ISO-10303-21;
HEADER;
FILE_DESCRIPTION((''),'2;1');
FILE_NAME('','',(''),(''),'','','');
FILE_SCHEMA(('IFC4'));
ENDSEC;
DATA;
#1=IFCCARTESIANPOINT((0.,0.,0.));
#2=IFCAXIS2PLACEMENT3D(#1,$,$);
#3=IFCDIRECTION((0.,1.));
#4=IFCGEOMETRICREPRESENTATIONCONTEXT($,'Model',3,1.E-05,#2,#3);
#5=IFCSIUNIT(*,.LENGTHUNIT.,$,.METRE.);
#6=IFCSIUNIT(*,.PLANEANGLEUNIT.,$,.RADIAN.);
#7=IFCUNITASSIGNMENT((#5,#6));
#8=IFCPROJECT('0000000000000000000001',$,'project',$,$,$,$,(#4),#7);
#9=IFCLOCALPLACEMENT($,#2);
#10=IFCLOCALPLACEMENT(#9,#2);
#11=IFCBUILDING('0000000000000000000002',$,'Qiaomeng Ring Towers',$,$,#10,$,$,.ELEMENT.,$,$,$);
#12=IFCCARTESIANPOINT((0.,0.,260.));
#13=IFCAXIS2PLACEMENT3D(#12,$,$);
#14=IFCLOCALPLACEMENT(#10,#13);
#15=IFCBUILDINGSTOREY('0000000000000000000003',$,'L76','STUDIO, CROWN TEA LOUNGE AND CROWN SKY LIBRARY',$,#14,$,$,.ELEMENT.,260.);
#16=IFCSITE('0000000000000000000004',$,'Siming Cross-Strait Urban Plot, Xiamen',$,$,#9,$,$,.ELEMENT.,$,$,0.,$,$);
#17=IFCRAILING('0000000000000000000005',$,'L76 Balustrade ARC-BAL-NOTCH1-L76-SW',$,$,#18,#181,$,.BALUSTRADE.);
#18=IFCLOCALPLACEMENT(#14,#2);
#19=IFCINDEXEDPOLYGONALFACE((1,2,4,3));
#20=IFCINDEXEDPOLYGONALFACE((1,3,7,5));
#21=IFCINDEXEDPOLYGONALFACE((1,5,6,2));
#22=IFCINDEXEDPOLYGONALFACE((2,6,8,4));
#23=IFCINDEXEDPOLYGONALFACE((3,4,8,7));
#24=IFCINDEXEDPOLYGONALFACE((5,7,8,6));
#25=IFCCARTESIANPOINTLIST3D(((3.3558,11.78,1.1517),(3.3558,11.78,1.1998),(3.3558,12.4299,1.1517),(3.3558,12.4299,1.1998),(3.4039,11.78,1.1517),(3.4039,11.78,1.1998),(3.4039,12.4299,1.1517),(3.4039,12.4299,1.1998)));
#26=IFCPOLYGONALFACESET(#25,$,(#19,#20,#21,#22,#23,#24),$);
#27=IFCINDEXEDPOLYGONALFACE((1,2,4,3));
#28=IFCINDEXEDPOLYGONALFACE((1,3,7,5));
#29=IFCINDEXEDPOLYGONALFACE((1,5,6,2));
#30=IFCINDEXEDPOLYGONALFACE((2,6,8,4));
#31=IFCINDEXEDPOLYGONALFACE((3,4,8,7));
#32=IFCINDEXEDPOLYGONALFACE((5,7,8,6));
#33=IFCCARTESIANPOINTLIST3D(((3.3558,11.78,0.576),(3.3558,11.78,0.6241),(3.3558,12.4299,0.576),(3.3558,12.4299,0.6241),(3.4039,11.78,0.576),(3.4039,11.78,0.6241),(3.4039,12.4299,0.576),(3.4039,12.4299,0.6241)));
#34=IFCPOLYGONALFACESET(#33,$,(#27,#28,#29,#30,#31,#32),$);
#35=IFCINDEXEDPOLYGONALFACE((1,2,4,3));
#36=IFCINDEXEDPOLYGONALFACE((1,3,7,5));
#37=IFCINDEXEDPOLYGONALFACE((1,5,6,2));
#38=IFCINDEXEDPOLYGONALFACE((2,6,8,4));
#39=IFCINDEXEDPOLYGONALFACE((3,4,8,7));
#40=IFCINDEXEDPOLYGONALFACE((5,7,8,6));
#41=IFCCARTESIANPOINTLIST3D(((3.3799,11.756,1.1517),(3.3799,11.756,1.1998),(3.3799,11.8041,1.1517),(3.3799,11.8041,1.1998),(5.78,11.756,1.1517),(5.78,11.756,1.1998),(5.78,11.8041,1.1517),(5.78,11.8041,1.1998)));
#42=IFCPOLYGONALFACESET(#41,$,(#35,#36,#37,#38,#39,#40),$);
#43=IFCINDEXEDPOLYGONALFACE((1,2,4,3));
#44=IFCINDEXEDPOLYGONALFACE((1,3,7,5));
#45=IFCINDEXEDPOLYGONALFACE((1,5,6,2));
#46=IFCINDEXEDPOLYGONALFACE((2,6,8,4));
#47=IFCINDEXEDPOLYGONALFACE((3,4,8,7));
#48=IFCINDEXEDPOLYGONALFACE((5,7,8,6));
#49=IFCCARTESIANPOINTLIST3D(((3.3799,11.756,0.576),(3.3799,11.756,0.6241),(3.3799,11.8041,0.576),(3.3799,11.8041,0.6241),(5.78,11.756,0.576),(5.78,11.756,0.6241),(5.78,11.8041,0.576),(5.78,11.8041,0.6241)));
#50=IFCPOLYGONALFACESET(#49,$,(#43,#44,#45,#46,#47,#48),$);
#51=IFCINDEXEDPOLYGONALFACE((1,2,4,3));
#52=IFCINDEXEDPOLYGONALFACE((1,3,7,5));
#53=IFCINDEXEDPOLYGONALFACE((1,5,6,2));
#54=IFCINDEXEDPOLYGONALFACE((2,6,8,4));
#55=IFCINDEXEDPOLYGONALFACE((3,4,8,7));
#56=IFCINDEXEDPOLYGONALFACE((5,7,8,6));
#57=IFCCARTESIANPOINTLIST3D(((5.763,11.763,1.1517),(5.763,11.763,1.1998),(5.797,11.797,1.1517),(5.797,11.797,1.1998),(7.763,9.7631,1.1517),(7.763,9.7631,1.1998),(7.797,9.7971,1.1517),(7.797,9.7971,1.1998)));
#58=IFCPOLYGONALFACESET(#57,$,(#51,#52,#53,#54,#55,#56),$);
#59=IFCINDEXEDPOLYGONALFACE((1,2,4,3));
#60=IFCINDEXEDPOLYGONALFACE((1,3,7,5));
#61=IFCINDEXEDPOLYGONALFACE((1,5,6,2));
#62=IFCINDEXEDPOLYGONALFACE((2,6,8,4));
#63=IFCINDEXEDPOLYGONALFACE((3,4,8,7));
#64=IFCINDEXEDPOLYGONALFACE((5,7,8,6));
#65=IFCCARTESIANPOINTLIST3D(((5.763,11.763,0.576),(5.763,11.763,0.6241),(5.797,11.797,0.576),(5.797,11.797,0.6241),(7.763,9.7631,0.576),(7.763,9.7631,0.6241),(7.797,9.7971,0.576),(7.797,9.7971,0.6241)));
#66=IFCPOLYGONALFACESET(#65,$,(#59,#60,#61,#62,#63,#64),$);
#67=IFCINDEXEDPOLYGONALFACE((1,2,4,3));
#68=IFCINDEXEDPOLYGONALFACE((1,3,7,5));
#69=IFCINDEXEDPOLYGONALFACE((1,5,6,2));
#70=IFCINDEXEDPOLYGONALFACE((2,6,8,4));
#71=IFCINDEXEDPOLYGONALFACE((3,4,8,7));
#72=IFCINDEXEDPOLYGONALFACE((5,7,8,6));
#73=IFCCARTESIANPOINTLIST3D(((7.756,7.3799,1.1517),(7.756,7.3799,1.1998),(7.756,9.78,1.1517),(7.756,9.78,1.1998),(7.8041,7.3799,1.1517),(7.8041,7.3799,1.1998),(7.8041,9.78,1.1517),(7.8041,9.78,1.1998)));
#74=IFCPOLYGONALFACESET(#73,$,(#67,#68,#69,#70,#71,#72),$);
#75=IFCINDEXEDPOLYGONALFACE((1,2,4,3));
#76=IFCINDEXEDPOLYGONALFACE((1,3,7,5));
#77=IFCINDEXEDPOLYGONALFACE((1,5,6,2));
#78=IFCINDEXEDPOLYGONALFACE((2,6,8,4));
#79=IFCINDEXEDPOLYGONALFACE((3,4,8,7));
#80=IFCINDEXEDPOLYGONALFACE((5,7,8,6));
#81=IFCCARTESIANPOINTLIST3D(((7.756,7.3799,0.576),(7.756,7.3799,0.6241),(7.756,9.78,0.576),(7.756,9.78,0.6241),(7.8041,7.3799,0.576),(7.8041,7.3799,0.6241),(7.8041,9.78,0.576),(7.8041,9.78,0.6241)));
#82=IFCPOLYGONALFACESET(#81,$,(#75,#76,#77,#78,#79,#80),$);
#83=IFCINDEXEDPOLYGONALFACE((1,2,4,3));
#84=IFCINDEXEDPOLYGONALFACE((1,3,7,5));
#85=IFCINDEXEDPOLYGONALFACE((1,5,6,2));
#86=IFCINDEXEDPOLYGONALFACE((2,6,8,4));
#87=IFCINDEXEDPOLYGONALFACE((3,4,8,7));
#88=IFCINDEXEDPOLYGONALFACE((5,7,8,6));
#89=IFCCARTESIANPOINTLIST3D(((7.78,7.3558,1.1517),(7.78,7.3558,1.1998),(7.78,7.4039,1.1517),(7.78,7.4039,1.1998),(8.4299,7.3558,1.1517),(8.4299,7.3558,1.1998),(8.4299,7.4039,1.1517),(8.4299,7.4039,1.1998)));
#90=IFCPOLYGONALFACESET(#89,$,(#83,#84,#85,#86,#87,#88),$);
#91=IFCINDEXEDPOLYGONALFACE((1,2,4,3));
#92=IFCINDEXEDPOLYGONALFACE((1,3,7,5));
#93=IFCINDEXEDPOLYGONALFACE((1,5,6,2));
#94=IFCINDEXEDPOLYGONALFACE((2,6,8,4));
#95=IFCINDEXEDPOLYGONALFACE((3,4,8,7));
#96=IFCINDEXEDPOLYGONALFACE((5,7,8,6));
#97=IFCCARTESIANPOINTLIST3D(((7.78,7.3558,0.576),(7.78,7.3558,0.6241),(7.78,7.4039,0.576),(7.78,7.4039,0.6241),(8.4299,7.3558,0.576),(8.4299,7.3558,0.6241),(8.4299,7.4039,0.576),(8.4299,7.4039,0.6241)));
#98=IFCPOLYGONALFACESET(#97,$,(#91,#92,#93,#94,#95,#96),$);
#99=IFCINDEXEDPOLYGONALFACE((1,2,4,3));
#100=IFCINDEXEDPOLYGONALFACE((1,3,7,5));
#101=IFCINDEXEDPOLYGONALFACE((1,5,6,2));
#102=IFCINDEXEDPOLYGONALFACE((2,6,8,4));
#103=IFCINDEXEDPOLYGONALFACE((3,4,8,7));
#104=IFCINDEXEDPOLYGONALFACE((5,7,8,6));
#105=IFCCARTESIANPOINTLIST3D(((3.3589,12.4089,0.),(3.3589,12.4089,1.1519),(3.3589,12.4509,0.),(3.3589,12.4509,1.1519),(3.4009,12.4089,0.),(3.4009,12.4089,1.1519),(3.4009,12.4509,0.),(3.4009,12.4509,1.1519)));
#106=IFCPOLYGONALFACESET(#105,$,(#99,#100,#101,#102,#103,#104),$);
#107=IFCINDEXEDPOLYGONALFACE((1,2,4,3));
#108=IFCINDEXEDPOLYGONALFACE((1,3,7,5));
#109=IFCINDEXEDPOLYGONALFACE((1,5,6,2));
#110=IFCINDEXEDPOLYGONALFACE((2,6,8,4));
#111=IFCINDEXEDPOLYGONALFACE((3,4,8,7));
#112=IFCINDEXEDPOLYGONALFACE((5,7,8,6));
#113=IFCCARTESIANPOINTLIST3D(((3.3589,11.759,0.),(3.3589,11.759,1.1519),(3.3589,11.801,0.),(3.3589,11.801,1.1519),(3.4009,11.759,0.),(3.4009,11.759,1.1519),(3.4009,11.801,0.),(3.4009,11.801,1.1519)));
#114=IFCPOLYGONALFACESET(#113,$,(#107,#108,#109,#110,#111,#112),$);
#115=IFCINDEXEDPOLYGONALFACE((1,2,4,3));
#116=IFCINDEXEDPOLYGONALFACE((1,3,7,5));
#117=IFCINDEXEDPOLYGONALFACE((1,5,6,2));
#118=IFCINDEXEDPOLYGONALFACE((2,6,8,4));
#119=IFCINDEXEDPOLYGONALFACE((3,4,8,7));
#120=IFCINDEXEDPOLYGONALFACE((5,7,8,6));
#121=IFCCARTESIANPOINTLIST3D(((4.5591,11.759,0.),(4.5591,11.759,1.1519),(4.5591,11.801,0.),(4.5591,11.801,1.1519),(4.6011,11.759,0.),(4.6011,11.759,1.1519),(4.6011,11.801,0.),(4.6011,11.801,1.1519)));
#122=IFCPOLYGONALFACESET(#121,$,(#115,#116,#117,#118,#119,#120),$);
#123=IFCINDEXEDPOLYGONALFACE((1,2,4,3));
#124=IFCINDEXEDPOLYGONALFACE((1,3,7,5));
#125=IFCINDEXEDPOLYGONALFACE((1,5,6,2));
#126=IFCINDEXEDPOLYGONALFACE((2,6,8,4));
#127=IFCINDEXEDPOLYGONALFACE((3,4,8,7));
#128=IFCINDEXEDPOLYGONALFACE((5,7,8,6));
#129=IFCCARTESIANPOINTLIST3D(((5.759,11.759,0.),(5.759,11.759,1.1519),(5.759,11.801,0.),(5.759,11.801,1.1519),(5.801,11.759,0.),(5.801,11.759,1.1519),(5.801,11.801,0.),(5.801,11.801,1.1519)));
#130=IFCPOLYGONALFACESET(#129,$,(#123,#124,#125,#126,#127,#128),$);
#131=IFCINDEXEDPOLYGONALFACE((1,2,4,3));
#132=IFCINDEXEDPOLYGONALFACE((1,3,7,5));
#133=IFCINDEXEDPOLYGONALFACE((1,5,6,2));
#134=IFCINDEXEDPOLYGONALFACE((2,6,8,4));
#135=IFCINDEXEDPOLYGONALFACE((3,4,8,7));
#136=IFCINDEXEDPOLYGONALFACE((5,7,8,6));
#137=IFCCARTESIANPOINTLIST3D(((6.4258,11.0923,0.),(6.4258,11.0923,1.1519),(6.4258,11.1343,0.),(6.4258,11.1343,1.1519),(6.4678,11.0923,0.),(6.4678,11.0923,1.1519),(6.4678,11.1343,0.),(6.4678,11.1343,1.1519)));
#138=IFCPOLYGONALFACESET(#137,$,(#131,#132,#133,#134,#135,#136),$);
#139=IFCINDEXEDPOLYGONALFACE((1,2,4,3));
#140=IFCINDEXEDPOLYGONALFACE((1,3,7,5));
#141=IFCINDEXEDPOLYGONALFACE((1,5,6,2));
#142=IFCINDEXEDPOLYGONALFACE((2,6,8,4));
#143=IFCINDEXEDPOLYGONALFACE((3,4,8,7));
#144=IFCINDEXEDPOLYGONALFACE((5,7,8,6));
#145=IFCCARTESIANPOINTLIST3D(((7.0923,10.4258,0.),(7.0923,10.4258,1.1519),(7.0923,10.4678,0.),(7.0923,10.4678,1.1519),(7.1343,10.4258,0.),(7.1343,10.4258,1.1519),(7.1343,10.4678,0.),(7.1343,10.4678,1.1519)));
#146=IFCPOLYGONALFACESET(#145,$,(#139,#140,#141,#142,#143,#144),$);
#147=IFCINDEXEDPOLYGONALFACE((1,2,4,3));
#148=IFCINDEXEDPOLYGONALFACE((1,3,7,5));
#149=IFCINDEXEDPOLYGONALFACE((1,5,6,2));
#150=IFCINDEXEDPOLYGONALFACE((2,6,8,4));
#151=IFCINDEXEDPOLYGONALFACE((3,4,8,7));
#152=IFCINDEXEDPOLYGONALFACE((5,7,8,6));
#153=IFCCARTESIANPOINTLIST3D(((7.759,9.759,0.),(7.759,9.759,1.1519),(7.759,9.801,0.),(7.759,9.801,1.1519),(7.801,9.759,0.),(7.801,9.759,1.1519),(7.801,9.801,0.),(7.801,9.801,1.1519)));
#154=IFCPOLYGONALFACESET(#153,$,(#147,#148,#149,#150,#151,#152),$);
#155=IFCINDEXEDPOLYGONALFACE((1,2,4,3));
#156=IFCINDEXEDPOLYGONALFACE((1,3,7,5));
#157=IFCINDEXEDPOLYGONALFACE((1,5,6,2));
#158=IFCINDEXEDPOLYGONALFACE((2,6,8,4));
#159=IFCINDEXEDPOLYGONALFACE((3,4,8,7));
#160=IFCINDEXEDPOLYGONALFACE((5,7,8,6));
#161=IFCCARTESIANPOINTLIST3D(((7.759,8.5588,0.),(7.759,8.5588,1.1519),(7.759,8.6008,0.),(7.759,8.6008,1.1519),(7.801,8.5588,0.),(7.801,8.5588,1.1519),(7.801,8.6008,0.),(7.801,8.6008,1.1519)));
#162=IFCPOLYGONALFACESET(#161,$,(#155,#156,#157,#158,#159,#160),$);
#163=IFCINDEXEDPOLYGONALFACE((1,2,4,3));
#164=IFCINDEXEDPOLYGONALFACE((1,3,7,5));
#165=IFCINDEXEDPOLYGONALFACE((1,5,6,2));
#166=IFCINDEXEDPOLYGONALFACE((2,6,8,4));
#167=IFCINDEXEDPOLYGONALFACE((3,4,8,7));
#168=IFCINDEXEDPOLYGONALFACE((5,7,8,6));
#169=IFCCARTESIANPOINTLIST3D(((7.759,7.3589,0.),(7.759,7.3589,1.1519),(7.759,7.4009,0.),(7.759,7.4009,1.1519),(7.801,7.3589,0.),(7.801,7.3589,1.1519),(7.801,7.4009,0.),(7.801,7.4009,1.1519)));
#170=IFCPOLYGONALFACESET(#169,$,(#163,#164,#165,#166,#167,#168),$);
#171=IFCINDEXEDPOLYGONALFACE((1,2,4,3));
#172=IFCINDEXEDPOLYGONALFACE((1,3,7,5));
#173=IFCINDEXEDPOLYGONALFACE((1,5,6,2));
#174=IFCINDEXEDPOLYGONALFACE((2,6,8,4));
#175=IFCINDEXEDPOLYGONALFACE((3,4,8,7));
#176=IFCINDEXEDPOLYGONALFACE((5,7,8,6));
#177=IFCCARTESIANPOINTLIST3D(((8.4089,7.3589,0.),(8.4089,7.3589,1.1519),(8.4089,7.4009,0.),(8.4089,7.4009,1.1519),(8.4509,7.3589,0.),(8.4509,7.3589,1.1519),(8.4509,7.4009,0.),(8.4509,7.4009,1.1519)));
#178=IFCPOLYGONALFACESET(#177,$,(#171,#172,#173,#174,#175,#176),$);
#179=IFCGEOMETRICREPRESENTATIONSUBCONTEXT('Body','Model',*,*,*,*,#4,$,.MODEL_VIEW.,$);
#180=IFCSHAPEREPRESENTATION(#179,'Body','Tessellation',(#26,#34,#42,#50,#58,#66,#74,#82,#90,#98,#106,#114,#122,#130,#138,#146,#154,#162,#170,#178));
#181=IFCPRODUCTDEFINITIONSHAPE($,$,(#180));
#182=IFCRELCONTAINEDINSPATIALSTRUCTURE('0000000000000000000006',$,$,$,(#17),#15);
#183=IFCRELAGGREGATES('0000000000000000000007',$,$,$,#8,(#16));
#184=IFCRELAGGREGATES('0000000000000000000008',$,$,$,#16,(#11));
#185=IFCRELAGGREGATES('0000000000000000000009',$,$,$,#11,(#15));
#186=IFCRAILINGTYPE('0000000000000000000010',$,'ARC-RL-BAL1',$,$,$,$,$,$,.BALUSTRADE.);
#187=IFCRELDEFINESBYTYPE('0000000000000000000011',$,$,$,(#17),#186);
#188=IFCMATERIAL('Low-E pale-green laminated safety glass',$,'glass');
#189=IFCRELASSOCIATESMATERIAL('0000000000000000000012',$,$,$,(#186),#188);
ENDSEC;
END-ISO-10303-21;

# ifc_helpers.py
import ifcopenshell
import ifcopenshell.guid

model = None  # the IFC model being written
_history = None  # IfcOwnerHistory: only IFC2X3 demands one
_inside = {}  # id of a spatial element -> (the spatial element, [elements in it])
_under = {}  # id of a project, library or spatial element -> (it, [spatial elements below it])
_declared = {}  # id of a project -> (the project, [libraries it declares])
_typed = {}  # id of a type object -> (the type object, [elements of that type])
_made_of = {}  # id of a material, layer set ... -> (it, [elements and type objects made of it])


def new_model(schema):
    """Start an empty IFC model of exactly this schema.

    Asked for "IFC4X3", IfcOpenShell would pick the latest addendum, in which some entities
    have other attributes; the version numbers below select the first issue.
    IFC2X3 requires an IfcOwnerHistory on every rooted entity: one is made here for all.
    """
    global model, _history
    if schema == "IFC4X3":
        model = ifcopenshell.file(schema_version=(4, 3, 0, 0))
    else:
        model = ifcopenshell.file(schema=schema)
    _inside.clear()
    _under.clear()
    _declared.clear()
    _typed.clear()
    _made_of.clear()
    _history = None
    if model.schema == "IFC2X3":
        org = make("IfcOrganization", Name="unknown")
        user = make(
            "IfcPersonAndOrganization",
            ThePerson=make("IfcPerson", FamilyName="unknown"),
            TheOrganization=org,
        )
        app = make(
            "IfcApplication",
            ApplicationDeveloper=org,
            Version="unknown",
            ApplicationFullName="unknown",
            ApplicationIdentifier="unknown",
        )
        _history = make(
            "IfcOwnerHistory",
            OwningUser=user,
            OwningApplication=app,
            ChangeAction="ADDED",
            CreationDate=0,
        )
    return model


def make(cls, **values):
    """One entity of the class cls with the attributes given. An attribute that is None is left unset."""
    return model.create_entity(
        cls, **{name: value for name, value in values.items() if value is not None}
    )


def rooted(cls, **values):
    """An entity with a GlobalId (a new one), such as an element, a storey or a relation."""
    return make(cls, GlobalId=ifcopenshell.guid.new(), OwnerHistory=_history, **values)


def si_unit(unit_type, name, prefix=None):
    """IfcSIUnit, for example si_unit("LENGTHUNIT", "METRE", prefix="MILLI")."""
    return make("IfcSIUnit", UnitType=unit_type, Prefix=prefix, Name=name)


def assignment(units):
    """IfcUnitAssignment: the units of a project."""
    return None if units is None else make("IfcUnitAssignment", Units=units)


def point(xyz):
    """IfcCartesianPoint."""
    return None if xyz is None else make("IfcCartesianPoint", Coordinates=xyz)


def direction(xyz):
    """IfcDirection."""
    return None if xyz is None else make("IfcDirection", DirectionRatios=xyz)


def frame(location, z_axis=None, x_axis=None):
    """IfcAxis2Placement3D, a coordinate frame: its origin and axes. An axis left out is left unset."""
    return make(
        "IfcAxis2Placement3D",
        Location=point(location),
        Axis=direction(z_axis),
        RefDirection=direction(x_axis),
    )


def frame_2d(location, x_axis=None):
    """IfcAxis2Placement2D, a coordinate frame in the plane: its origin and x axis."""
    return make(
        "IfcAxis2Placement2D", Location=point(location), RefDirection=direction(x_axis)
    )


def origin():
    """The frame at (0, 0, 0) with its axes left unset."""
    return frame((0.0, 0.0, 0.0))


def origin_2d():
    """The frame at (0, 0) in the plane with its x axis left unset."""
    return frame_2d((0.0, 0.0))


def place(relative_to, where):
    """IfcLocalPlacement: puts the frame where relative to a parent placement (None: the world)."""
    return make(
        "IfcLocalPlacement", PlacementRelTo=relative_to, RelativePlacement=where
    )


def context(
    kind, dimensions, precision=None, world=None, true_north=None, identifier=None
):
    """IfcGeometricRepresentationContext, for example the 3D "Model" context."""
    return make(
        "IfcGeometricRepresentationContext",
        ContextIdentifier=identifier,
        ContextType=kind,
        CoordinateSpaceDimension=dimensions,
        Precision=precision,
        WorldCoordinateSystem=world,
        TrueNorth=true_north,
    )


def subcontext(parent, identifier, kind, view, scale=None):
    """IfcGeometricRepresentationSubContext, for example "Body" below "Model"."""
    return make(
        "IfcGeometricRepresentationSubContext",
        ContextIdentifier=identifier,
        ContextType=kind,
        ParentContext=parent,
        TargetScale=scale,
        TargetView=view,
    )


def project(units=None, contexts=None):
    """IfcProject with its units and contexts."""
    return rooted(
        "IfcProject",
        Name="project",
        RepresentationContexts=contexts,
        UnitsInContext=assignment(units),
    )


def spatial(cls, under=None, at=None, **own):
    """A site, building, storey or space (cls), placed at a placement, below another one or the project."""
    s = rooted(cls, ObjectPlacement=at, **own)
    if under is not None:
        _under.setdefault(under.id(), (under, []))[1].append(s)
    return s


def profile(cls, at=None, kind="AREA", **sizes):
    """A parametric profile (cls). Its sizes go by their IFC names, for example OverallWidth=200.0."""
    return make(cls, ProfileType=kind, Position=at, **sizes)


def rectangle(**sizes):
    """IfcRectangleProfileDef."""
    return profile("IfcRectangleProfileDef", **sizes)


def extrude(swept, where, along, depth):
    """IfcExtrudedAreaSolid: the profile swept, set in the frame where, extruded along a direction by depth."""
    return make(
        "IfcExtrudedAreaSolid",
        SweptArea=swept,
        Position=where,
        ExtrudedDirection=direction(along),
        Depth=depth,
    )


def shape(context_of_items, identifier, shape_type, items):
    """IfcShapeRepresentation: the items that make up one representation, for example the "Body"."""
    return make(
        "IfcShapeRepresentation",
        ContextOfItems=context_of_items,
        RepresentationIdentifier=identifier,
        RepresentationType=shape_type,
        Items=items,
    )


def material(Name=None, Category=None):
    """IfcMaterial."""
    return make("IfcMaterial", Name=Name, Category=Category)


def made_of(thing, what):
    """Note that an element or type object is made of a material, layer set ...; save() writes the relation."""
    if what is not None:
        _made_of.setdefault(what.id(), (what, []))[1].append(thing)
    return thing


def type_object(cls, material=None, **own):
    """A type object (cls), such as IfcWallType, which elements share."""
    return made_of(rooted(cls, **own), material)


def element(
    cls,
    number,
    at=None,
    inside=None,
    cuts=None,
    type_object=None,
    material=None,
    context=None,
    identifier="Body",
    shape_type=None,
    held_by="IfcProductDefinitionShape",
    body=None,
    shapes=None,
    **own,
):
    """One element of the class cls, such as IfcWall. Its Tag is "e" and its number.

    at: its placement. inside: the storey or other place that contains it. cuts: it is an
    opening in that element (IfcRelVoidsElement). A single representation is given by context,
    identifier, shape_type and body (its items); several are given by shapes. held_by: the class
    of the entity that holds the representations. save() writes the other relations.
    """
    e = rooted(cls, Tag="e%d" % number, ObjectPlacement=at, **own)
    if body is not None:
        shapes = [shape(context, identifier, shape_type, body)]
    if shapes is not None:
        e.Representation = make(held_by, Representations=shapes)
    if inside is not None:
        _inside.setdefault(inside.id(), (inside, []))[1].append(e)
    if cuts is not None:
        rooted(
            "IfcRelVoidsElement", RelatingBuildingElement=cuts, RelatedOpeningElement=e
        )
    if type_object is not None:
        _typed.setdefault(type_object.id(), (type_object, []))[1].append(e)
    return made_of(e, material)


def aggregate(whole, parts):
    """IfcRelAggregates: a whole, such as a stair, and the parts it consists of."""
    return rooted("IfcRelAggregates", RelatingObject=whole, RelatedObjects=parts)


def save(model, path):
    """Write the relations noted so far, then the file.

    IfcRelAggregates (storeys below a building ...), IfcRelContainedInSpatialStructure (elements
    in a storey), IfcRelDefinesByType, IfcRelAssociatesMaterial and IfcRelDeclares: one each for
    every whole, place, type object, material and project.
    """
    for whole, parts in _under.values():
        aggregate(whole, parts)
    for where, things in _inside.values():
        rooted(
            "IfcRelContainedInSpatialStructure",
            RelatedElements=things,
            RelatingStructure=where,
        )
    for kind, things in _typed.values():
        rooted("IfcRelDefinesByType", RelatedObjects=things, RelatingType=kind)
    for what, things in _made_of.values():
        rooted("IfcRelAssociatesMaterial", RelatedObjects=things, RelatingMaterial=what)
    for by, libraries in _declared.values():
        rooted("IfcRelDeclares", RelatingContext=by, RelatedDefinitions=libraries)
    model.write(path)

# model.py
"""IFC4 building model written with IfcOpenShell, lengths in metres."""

from ifc_helpers import new_model, si_unit, direction, frame, origin, origin_2d, place, context, subcontext, project, spatial, rectangle, extrude, material, type_object, element, save


model = new_model("IFC4")

# Units and contexts
model_context = context("Model", 3, precision=1e-05, world=origin(), true_north=direction((0.0, 1.0)))
body_context = subcontext(model_context, "Body", "Model", "MODEL_VIEW")
ifc_project = project(units=[si_unit("LENGTHUNIT", "METRE"), si_unit("PLANEANGLEUNIT", "RADIAN")], contexts=[model_context])

# Site, building, storey
site_placement = place(None, origin())
site = spatial("IfcSite", under=ifc_project, at=site_placement, Name="Siming Cross-Strait Urban Plot, Xiamen", CompositionType="ELEMENT", RefElevation=0.0)
building_placement = place(site_placement, origin())
building = spatial("IfcBuilding", under=site, at=building_placement, Name="Qiaomeng Ring Towers", CompositionType="ELEMENT")
storey_placement = place(building_placement, frame((0.0, 0.0, 260.0)))
storey = spatial("IfcBuildingStorey", under=building, at=storey_placement, Name="L76", Description="STUDIO, CROWN TEA LOUNGE AND CROWN SKY LIBRARY", CompositionType="ELEMENT", Elevation=260.0)

# Railing
ifc_material_1 = material(Name="Low-E pale-green laminated safety glass", Category="glass")
railing_type = type_object("IfcRailingType", Name="ARC-RL-BAL1", PredefinedType="BALUSTRADE", material=ifc_material_1)
railing_1_placement = place(storey_placement, frame((3.3799, 12.4299, 0.0)))
element("IfcRailing", 1, at=railing_1_placement, inside=storey, type_object=railing_type, Name="L76 Balustrade ARC-BAL-NOTCH1-L76-SW", PredefinedType="BALUSTRADE", context=body_context, shape_type="SweptSolid", body=[
    extrude(rectangle(XDim=0.0481, YDim=0.0481, at=origin_2d()), frame((0.0, 0.0, 1.1758), z_axis=(0.0, -1.0, 0.0), x_axis=(1.0, 0.0, 0.0)), (0.0, 0.0, 1.0), 0.6499),
    extrude(rectangle(XDim=0.0481, YDim=0.0481, at=origin_2d()), frame((0.0, 0.0, 0.6001), z_axis=(0.0, -1.0, 0.0), x_axis=(1.0, 0.0, 0.0)), (0.0, 0.0, 1.0), 0.6499),
    extrude(rectangle(XDim=0.0481, YDim=0.0481, at=origin_2d()), frame((0.0, -0.6499, 1.1758), z_axis=(1.0, 0.0, 0.0), x_axis=(0.0, 1.0, 0.0)), (0.0, 0.0, 1.0), 2.4001),
    extrude(rectangle(XDim=0.0481, YDim=0.0481, at=origin_2d()), frame((0.0, -0.6499, 0.6001), z_axis=(1.0, 0.0, 0.0), x_axis=(0.0, 1.0, 0.0)), (0.0, 0.0, 1.0), 2.4001),
    extrude(rectangle(XDim=0.0481, YDim=0.0481, at=origin_2d()), frame((2.4001, -0.6499, 1.1758), z_axis=(0.707107, -0.707107, 0.0), x_axis=(0.707107, 0.707107, 0.0)), (0.0, 0.0, 1.0), 2.8284),
    extrude(rectangle(XDim=0.0481, YDim=0.0481, at=origin_2d()), frame((2.4001, -0.6499, 0.6001), z_axis=(0.707107, -0.707107, 0.0), x_axis=(0.707107, 0.707107, 0.0)), (0.0, 0.0, 1.0), 2.8284),
    extrude(rectangle(XDim=0.0481, YDim=0.0481, at=origin_2d()), frame((4.4001, -2.6499, 1.1758), z_axis=(0.0, -1.0, 0.0), x_axis=(1.0, 0.0, 0.0)), (0.0, 0.0, 1.0), 2.4001),
    extrude(rectangle(XDim=0.0481, YDim=0.0481, at=origin_2d()), frame((4.4001, -2.6499, 0.6001), z_axis=(0.0, -1.0, 0.0), x_axis=(1.0, 0.0, 0.0)), (0.0, 0.0, 1.0), 2.4001),
    extrude(rectangle(XDim=0.0481, YDim=0.0481, at=origin_2d()), frame((4.4001, -5.05, 1.1758), z_axis=(1.0, 0.0, 0.0), x_axis=(0.0, 1.0, 0.0)), (0.0, 0.0, 1.0), 0.6499),
    extrude(rectangle(XDim=0.0481, YDim=0.0481, at=origin_2d()), frame((4.4001, -5.05, 0.6001), z_axis=(1.0, 0.0, 0.0), x_axis=(0.0, 1.0, 0.0)), (0.0, 0.0, 1.0), 0.6499),
    extrude(rectangle(XDim=0.042, YDim=0.042, at=origin_2d()), origin(), (0.0, 0.0, 1.0), 1.1519),
    extrude(rectangle(XDim=0.042, YDim=0.042, at=origin_2d()), frame((0.0, -0.6499, 0.0)), (0.0, 0.0, 1.0), 1.1519),
    extrude(rectangle(XDim=0.042, YDim=0.042, at=origin_2d()), frame((1.2002, -0.6499, 0.0)), (0.0, 0.0, 1.0), 1.1519),
    extrude(rectangle(XDim=0.042, YDim=0.042, at=origin_2d()), frame((2.4001, -0.6499, 0.0)), (0.0, 0.0, 1.0), 1.1519),
    extrude(rectangle(XDim=0.042, YDim=0.042, at=origin_2d()), frame((3.0669, -1.3167, 0.0)), (0.0, 0.0, 1.0), 1.1519),
    extrude(rectangle(XDim=0.042, YDim=0.042, at=origin_2d()), frame((3.7334, -1.9832, 0.0)), (0.0, 0.0, 1.0), 1.1519),
    extrude(rectangle(XDim=0.042, YDim=0.042, at=origin_2d()), frame((4.4001, -2.6499, 0.0)), (0.0, 0.0, 1.0), 1.1519),
    extrude(rectangle(XDim=0.042, YDim=0.042, at=origin_2d()), frame((4.4001, -3.8501, 0.0)), (0.0, 0.0, 1.0), 1.1519),
    extrude(rectangle(XDim=0.042, YDim=0.042, at=origin_2d()), frame((4.4001, -5.05, 0.0)), (0.0, 0.0, 1.0), 1.1519),
    extrude(rectangle(XDim=0.042, YDim=0.042, at=origin_2d()), frame((5.05, -5.05, 0.0)), (0.0, 0.0, 1.0), 1.1519),
])

save(model, "model.ifc")
